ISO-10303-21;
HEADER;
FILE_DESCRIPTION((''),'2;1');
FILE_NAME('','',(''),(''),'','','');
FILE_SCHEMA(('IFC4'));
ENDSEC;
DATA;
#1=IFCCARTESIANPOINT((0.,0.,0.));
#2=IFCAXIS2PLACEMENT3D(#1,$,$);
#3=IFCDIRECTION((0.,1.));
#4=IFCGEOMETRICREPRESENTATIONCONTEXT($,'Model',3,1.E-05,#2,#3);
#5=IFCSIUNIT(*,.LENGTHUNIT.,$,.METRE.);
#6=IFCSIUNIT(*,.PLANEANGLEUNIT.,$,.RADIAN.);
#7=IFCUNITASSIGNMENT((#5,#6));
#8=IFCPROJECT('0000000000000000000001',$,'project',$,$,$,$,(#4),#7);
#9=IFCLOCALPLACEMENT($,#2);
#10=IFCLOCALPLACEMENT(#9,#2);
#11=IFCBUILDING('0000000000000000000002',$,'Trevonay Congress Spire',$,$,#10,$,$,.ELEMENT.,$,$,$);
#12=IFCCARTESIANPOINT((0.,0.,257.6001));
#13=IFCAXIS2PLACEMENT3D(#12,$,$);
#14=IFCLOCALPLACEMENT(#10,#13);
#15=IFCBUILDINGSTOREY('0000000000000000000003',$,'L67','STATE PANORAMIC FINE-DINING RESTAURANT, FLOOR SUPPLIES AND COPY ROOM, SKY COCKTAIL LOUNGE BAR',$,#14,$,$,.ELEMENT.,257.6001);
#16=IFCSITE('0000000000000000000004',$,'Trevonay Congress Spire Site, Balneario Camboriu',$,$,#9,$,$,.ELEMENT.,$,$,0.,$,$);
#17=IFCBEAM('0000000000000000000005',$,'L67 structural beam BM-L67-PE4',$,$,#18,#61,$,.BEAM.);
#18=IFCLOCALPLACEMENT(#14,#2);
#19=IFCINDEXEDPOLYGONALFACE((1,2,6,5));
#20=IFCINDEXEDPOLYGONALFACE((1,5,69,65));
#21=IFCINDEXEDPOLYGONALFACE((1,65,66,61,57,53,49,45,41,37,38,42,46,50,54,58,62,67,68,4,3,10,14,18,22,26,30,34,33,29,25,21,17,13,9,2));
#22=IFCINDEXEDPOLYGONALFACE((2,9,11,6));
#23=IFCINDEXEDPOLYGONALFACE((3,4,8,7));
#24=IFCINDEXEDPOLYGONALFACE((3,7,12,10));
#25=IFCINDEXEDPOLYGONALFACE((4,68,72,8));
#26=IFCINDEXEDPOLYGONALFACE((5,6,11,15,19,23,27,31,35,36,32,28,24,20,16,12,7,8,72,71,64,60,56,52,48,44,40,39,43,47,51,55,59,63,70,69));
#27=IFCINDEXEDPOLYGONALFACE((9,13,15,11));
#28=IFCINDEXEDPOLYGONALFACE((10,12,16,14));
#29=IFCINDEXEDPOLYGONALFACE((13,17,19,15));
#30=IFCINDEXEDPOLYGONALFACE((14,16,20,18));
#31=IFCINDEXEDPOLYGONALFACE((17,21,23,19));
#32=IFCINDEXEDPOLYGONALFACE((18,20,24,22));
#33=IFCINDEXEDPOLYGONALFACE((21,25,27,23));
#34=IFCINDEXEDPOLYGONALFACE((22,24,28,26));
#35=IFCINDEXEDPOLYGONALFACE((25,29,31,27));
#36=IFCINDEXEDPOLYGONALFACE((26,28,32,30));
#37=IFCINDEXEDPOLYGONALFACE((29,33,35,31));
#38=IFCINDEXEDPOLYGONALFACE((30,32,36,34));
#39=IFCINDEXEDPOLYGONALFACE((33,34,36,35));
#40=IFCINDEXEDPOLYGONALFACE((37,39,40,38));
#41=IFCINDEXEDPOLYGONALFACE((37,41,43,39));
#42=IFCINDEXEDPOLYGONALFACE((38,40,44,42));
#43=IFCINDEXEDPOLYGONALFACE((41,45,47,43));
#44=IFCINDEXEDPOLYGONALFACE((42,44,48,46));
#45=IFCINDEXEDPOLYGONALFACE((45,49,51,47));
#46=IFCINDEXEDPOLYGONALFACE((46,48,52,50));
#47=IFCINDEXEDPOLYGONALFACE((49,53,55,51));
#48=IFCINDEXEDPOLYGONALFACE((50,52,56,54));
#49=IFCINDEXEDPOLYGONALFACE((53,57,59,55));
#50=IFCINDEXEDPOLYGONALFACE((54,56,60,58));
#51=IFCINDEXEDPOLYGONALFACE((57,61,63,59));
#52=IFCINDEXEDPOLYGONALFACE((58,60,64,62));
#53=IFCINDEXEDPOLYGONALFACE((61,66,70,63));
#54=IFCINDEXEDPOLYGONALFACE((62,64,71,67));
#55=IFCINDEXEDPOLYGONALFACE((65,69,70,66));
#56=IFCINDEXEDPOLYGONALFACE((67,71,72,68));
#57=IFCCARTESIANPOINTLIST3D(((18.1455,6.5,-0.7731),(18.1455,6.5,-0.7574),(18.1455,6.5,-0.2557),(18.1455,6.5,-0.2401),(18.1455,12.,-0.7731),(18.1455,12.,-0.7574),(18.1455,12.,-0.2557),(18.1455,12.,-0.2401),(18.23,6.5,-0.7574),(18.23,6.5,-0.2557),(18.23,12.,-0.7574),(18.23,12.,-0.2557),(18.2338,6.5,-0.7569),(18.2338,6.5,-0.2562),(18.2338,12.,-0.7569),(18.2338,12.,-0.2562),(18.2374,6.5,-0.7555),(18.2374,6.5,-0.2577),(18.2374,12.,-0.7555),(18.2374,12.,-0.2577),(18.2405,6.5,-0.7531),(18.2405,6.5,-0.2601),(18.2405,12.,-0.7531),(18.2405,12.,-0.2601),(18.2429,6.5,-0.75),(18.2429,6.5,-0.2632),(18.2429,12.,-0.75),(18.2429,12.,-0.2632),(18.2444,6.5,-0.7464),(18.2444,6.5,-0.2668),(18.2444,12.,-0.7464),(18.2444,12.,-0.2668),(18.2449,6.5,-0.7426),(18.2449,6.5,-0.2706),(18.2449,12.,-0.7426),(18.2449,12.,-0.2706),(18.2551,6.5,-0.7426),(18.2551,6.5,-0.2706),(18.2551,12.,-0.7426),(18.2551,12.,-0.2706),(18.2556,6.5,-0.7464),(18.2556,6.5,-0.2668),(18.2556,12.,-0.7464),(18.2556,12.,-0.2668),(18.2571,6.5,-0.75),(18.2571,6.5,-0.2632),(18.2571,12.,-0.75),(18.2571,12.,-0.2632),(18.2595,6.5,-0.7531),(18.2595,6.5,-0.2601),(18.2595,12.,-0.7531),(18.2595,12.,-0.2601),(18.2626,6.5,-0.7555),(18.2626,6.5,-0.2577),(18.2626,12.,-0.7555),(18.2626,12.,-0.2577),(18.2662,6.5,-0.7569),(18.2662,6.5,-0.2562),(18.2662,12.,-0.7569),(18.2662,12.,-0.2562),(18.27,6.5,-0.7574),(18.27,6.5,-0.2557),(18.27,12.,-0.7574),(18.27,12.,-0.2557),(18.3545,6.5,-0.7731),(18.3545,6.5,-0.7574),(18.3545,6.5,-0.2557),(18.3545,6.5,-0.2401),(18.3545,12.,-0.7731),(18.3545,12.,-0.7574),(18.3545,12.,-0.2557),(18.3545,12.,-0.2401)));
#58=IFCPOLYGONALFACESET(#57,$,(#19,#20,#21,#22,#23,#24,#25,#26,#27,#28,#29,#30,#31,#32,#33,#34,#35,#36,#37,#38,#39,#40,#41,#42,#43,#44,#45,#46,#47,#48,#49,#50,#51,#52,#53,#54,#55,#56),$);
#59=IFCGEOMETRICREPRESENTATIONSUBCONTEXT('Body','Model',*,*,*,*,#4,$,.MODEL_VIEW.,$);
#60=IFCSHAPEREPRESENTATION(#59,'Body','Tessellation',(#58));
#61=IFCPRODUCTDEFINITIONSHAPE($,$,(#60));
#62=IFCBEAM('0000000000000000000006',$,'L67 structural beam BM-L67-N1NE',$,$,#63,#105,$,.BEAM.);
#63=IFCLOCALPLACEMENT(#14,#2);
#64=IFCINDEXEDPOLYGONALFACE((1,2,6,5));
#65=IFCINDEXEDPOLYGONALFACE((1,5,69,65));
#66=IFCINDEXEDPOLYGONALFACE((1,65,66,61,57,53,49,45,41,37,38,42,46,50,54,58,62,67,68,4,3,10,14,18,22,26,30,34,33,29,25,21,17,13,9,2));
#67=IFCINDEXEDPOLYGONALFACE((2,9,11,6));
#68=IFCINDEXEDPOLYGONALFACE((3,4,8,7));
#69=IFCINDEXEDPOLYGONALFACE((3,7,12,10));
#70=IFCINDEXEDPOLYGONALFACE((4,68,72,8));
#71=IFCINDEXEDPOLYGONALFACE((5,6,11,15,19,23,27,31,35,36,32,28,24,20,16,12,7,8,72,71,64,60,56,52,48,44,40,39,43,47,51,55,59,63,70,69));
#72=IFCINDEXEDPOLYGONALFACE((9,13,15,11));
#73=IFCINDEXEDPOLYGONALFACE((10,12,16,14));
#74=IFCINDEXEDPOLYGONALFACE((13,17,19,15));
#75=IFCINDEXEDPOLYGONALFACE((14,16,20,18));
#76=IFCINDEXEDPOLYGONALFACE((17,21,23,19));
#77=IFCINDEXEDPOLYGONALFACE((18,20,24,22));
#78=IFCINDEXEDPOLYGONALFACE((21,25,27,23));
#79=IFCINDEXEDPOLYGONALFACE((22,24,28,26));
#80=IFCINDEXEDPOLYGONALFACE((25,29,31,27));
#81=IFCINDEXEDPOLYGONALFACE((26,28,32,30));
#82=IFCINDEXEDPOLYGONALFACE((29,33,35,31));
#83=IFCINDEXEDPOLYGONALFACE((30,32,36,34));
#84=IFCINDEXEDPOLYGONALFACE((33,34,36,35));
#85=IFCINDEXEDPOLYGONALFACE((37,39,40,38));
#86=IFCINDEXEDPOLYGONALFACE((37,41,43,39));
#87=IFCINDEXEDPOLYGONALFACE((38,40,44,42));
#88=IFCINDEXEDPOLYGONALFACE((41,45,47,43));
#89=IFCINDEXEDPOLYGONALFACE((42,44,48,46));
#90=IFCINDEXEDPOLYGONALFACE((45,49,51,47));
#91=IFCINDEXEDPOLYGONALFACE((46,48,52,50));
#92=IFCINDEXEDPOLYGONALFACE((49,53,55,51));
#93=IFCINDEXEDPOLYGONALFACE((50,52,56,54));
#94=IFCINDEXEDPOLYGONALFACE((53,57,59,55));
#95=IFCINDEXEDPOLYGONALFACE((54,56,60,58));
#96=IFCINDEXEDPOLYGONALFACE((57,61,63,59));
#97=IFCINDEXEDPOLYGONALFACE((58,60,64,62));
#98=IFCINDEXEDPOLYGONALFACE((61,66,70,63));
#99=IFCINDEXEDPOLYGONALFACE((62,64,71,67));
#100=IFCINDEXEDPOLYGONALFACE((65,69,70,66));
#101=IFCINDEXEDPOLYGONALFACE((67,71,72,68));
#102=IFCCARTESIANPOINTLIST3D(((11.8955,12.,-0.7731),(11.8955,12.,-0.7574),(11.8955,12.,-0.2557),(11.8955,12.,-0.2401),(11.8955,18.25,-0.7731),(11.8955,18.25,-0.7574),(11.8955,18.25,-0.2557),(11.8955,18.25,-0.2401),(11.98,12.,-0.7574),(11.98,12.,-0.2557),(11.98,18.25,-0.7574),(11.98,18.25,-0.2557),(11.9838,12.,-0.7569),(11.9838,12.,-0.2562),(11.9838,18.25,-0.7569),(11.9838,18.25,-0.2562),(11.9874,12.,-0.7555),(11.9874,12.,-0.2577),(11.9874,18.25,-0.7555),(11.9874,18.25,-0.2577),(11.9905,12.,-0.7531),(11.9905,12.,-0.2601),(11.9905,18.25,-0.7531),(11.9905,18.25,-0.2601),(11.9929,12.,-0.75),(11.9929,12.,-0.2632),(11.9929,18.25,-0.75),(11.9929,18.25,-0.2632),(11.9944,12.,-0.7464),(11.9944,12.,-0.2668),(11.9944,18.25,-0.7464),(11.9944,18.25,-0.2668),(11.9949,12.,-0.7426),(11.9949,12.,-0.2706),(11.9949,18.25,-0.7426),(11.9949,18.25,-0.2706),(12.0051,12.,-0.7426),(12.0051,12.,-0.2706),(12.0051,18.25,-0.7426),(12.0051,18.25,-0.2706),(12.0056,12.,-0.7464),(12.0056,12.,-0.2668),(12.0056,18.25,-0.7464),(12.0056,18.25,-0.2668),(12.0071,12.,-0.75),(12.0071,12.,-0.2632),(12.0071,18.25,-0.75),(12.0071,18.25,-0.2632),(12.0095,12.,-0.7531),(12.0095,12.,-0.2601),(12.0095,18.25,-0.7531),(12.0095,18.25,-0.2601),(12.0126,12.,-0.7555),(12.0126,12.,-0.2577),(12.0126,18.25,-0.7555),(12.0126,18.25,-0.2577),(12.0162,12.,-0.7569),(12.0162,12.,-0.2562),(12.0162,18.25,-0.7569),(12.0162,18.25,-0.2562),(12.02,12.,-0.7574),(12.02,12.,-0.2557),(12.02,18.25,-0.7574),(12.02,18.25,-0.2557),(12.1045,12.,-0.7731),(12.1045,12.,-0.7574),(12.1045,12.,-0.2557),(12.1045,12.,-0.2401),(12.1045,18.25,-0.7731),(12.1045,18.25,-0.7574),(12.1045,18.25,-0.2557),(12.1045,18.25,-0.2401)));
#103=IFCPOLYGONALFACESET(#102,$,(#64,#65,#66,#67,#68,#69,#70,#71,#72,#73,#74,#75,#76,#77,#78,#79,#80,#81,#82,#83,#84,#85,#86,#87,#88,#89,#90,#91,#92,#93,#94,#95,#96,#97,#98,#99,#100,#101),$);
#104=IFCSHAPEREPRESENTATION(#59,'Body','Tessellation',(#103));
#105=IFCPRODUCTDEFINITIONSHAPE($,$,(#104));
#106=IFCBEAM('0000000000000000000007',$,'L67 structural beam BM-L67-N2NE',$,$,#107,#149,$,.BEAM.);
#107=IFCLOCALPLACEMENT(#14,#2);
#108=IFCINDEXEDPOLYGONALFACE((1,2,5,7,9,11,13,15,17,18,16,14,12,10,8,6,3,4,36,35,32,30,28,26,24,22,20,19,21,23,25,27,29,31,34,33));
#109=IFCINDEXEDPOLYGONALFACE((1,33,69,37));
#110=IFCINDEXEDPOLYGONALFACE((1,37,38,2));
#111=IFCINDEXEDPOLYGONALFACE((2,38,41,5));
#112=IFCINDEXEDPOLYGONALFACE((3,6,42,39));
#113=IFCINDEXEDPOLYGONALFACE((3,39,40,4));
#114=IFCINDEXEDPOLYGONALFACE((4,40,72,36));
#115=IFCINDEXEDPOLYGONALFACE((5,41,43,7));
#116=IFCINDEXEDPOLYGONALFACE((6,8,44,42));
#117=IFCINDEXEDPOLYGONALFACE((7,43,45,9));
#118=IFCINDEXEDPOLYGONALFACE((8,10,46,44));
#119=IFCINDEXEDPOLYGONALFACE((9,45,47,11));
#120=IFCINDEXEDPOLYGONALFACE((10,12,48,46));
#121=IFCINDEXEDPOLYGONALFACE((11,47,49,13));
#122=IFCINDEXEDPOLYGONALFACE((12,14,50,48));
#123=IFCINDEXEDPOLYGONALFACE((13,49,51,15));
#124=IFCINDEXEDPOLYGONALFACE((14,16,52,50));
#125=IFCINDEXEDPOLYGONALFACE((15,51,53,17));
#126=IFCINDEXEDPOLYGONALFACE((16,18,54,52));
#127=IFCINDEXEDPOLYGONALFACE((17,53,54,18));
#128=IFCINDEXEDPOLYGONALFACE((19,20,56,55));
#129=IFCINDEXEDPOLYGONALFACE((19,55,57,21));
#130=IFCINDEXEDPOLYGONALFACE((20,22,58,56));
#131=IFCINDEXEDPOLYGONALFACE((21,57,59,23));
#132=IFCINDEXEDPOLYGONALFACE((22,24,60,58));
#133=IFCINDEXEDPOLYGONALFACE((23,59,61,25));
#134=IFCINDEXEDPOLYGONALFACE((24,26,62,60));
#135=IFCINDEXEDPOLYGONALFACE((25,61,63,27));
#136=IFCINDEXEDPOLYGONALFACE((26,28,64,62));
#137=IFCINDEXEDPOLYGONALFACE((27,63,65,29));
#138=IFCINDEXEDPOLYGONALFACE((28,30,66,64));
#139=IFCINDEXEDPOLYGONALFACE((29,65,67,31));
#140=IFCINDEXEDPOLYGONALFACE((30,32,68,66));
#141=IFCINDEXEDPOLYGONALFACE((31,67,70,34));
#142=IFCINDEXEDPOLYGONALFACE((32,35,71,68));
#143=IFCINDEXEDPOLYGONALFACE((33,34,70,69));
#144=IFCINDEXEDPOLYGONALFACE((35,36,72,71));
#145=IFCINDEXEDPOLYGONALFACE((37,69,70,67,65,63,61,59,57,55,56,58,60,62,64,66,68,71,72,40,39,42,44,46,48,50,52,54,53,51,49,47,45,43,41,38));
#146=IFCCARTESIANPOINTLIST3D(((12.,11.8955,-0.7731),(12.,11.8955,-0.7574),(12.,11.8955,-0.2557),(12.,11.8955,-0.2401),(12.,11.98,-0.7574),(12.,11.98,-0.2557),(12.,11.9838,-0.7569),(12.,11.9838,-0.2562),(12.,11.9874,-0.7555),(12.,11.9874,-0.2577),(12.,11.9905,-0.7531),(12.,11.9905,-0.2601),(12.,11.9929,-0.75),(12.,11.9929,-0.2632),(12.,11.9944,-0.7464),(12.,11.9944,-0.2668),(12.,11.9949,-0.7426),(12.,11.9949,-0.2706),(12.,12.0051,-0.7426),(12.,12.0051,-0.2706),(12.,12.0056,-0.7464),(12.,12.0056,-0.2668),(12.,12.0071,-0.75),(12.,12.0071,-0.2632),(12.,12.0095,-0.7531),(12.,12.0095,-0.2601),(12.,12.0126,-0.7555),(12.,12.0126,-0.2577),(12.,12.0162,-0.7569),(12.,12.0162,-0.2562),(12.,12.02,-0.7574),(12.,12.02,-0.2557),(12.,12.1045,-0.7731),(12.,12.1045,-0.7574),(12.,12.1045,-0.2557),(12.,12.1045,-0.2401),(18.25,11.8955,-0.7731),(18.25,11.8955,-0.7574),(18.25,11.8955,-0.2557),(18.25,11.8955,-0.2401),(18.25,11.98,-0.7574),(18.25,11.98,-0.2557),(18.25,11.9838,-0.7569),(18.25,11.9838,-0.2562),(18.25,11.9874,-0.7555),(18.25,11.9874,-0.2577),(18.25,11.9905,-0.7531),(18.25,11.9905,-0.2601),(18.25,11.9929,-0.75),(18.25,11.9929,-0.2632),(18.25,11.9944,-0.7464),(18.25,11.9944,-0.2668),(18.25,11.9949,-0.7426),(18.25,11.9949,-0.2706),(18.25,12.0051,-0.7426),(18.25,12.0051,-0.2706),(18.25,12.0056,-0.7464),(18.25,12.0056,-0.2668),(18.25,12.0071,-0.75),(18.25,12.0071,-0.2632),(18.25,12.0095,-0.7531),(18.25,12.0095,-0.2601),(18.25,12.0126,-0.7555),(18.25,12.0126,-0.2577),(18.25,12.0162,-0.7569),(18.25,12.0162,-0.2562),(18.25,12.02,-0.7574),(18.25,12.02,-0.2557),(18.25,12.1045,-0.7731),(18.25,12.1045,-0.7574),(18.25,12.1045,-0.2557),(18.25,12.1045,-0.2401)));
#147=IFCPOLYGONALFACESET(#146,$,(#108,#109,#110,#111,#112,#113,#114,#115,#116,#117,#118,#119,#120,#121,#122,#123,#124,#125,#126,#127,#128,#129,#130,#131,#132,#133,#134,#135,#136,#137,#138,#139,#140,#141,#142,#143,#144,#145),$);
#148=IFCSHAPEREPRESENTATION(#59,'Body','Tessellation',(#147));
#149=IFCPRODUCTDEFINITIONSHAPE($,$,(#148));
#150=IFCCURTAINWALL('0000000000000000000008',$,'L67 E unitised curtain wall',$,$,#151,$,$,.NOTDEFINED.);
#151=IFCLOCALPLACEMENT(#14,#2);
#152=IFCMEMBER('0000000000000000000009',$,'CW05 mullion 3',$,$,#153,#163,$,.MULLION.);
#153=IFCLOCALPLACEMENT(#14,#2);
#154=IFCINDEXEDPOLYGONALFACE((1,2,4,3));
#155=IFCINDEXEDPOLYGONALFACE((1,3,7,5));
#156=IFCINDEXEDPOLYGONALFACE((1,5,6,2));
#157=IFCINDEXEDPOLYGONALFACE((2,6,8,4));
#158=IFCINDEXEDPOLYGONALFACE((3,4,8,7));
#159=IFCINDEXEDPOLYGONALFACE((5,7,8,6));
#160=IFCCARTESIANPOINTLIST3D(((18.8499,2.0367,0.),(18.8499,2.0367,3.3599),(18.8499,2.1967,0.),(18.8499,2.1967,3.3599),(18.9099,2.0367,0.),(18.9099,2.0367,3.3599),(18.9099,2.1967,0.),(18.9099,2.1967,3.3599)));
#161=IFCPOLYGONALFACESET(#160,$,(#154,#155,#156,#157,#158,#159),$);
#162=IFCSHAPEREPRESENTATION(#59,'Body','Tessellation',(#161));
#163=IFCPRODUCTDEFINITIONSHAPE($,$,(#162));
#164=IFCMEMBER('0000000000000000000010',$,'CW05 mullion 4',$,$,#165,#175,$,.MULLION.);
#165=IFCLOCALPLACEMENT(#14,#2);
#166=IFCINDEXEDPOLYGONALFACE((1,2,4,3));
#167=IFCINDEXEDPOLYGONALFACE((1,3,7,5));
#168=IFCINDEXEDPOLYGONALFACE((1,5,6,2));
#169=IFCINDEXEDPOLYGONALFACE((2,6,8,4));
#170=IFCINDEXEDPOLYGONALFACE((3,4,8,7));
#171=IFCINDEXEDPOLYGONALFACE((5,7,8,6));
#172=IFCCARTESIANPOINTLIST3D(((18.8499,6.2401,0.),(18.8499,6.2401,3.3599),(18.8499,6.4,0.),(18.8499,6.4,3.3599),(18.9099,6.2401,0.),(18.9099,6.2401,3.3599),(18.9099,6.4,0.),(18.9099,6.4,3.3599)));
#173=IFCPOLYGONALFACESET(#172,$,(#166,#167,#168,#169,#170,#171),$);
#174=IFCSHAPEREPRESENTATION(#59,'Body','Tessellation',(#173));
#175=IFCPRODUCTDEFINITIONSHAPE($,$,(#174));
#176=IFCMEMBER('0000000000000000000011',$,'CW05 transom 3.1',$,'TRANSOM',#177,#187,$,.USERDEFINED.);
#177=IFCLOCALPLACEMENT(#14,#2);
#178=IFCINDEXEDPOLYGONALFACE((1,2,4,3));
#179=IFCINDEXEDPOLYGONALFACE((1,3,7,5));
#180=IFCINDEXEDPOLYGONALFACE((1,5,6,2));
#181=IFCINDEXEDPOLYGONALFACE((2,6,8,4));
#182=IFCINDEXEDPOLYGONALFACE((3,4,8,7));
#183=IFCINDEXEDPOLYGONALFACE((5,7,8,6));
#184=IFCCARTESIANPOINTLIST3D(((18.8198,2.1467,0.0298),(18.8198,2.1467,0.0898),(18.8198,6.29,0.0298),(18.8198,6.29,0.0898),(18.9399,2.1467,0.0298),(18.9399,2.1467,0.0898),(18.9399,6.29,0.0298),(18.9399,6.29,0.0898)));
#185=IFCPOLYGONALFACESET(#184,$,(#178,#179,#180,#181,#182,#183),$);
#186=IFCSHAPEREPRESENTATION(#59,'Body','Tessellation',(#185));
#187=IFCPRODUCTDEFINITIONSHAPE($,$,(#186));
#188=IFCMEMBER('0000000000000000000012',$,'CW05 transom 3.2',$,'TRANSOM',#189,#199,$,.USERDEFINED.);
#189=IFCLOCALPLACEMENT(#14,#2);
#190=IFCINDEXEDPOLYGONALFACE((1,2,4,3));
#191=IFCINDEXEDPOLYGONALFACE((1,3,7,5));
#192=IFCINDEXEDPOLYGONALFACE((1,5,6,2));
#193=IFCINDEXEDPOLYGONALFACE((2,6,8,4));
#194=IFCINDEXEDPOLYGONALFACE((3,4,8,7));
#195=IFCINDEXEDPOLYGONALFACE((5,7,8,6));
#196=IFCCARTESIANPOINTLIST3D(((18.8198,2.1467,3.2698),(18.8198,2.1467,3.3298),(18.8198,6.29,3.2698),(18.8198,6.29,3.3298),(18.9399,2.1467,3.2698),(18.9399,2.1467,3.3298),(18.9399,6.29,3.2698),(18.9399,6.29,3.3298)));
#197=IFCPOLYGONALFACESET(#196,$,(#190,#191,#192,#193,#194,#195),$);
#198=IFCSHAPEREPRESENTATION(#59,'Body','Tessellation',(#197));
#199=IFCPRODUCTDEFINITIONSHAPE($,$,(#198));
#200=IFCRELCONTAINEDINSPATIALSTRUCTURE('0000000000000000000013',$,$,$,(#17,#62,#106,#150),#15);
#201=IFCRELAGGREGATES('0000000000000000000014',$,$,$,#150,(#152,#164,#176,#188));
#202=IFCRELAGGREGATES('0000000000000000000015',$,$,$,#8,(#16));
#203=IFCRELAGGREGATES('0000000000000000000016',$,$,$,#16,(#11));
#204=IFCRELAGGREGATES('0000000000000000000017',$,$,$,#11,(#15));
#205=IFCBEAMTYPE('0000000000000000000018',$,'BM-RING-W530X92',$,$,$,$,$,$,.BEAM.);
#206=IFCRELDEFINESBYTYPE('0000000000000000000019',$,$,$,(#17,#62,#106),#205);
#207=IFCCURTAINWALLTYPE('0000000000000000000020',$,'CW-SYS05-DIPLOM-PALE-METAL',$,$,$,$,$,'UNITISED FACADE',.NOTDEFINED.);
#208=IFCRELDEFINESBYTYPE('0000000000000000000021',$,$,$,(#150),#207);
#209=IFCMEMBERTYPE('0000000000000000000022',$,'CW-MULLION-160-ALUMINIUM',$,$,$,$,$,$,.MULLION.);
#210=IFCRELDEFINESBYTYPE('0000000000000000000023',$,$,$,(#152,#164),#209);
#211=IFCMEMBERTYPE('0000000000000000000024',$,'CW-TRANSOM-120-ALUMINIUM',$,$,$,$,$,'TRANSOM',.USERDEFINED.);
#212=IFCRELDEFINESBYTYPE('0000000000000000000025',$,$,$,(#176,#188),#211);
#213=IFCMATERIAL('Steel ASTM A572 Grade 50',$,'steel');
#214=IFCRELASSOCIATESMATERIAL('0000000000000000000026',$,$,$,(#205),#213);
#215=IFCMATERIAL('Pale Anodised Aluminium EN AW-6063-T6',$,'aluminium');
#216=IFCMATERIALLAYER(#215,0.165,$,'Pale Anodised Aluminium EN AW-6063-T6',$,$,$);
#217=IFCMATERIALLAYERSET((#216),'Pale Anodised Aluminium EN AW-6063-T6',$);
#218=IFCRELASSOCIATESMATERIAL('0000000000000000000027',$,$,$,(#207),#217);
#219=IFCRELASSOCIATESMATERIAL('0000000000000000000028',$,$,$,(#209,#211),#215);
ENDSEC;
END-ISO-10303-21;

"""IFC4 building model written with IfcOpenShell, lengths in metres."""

from ifc_helpers import new_model, si_unit, direction, frame, origin, origin_2d, place, context, subcontext, project, spatial, rectangle, i_section, extrude, material, layer, layer_set, material_profile, profile_set, type_object, element, aggregate, save


model = new_model("IFC4")

# Units and contexts
model_context = context("Model", 3, precision=1e-05, world=origin(), true_north=direction((0.0, 1.0)))
body_context = subcontext(model_context, "Body", "Model", "MODEL_VIEW")
ifc_project = project(units=[si_unit("LENGTHUNIT", "METRE"), si_unit("PLANEANGLEUNIT", "RADIAN")], contexts=[model_context])

# Site, building, storey
site_placement = place(None, origin())
site = spatial("IfcSite", under=ifc_project, at=site_placement, Name="Trevonay Congress Spire Site, Balneario Camboriu", CompositionType="ELEMENT", RefElevation=0.0)
building_placement = place(site_placement, origin())
building = spatial("IfcBuilding", under=site, at=building_placement, Name="Trevonay Congress Spire", CompositionType="ELEMENT")
storey_placement = place(building_placement, frame((0.0, 0.0, 257.6001)))
storey = spatial("IfcBuildingStorey", under=building, at=storey_placement, Name="L67", Description="STATE PANORAMIC FINE-DINING RESTAURANT, FLOOR SUPPLIES AND COPY ROOM, SKY COCKTAIL LOUNGE BAR", CompositionType="ELEMENT", Elevation=257.6001)

# Shared definitions
ifc_material_1 = material(Name="Steel ASTM A572 Grade 50", Category="steel")

# Beams
ifc_material_profile_1 = material_profile(ifc_material_1, i_section(OverallWidth=0.209, OverallDepth=0.533, WebThickness=0.0103, FlangeThickness=0.0156, FilletRadius=0.0149, at=origin_2d()), Name="W530x92")
ifc_profile_set_1 = profile_set([ifc_material_profile_1], Name="Steel ASTM A572 Grade 50")
beam_type_1 = type_object("IfcBeamType", Name="BM-RING-W530X92", PredefinedType="BEAM", material=ifc_profile_set_1)
for number, where, z_axis, x_axis, name in (
    (1, (18.25, 6.5, -0.5066), (0.0, 1.0, 0.0), (-1.0, 0.0, 0.0), "L67 structural beam BM-L67-PE4"),
):
    element("IfcBeam", number, at=place(storey_placement, frame(where, z_axis=z_axis, x_axis=x_axis)), inside=storey, type_object=beam_type_1, Name=name, PredefinedType="BEAM", context=body_context, shape_type="SweptSolid", body=[
        extrude(i_section(OverallWidth=0.209, OverallDepth=0.533, WebThickness=0.0103, FlangeThickness=0.0156, FilletRadius=0.0149, at=origin_2d()), origin(), (0.0, 0.0, 1.0), 5.5),
    ])
for number, where, z_axis, x_axis, name in (
    (2, (12.0, 18.25, -0.5066), (0.0, -1.0, 0.0), (1.0, 0.0, 0.0), "L67 structural beam BM-L67-N1NE"),
    (3, (18.25, 12.0, -0.5066), (-1.0, 0.0, 0.0), (0.0, -1.0, 0.0), "L67 structural beam BM-L67-N2NE"),
):
    element("IfcBeam", number, at=place(storey_placement, frame(where, z_axis=z_axis, x_axis=x_axis)), inside=storey, type_object=beam_type_1, Name=name, PredefinedType="BEAM", context=body_context, shape_type="SweptSolid", body=[
        extrude(i_section(OverallWidth=0.209, OverallDepth=0.533, WebThickness=0.0103, FlangeThickness=0.0156, FilletRadius=0.0149, at=origin_2d()), origin(), (0.0, 0.0, 1.0), 6.25),
    ])

# Curtain wall, members
ifc_material_2 = material(Name="Pale Anodised Aluminium EN AW-6063-T6", Category="aluminium")
ifc_layer_1 = layer(ifc_material_2, 0.165, Name="Pale Anodised Aluminium EN AW-6063-T6")
ifc_layer_set_1 = layer_set([ifc_layer_1], Name="Pale Anodised Aluminium EN AW-6063-T6")
curtain_wall_type = type_object("IfcCurtainWallType", Name="CW-SYS05-DIPLOM-PALE-METAL", ElementType="UNITISED FACADE", PredefinedType="NOTDEFINED", material=ifc_layer_set_1)
curtain_wall_placement = place(storey_placement, origin())
curtain_wall = element("IfcCurtainWall", 4, at=curtain_wall_placement, inside=storey, type_object=curtain_wall_type, Name="L67 E unitised curtain wall", PredefinedType="NOTDEFINED")
ifc_material_profile_2 = material_profile(ifc_material_2, rectangle(XDim=0.0601, YDim=0.1599, at=origin_2d()), Name="CW-MULLION-160-ALUMINIUM")
ifc_profile_set_2 = profile_set([ifc_material_profile_2], Name="Pale Anodised Aluminium EN AW-6063-T6")
member_type_1 = type_object("IfcMemberType", Name="CW-MULLION-160-ALUMINIUM", PredefinedType="MULLION", material=ifc_profile_set_2)
member_1_placement = place(storey_placement, frame((18.8799, 2.1167, 0.0), z_axis=(0.0, 0.0, 1.0), x_axis=(-1.0, 0.0, 0.0)))
member_1 = element("IfcMember", 5, at=member_1_placement, type_object=member_type_1, Name="CW05 mullion 3", PredefinedType="MULLION", context=body_context, shape_type="SweptSolid", body=[
    extrude(rectangle(XDim=0.0601, YDim=0.1599, at=origin_2d()), origin(), (0.0, 0.0, 1.0), 3.3599),
])
member_2_placement = place(storey_placement, frame((18.8799, 6.3201, 0.0), z_axis=(0.0, 0.0, 1.0), x_axis=(-1.0, 0.0, 0.0)))
member_2 = element("IfcMember", 6, at=member_2_placement, type_object=member_type_1, Name="CW05 mullion 4", PredefinedType="MULLION", context=body_context, shape_type="SweptSolid", body=[
    extrude(rectangle(XDim=0.0601, YDim=0.1599, at=origin_2d()), origin(), (0.0, 0.0, 1.0), 3.3599),
])
ifc_material_profile_3 = material_profile(ifc_material_2, rectangle(XDim=0.1201, YDim=0.0601, at=origin_2d()), Name="CW-TRANSOM-120-ALUMINIUM")
ifc_profile_set_3 = profile_set([ifc_material_profile_3], Name="Pale Anodised Aluminium EN AW-6063-T6")
member_type_2 = type_object("IfcMemberType", Name="CW-TRANSOM-120-ALUMINIUM", ElementType="TRANSOM", PredefinedType="USERDEFINED", material=ifc_profile_set_3)
member_3_placement = place(storey_placement, frame((18.8799, 2.1467, 0.0598), z_axis=(0.0, 1.0, 0.0), x_axis=(-1.0, 0.0, 0.0)))
member_3 = element("IfcMember", 7, at=member_3_placement, type_object=member_type_2, Name="CW05 transom 3.1", ObjectType="TRANSOM", PredefinedType="USERDEFINED", context=body_context, shape_type="SweptSolid", body=[
    extrude(rectangle(XDim=0.1201, YDim=0.0601, at=origin_2d()), origin(), (0.0, 0.0, 1.0), 4.1433),
])
member_4_placement = place(storey_placement, frame((18.8799, 2.1467, 3.2998), z_axis=(0.0, 1.0, 0.0), x_axis=(-1.0, 0.0, 0.0)))
member_4 = element("IfcMember", 8, at=member_4_placement, type_object=member_type_2, Name="CW05 transom 3.2", ObjectType="TRANSOM", PredefinedType="USERDEFINED", context=body_context, shape_type="SweptSolid", body=[
    extrude(rectangle(XDim=0.1201, YDim=0.0601, at=origin_2d()), origin(), (0.0, 0.0, 1.0), 4.1433),
])

aggregate(curtain_wall, [member_1, member_2, member_3, member_4])

save(model, "model.ifc")
